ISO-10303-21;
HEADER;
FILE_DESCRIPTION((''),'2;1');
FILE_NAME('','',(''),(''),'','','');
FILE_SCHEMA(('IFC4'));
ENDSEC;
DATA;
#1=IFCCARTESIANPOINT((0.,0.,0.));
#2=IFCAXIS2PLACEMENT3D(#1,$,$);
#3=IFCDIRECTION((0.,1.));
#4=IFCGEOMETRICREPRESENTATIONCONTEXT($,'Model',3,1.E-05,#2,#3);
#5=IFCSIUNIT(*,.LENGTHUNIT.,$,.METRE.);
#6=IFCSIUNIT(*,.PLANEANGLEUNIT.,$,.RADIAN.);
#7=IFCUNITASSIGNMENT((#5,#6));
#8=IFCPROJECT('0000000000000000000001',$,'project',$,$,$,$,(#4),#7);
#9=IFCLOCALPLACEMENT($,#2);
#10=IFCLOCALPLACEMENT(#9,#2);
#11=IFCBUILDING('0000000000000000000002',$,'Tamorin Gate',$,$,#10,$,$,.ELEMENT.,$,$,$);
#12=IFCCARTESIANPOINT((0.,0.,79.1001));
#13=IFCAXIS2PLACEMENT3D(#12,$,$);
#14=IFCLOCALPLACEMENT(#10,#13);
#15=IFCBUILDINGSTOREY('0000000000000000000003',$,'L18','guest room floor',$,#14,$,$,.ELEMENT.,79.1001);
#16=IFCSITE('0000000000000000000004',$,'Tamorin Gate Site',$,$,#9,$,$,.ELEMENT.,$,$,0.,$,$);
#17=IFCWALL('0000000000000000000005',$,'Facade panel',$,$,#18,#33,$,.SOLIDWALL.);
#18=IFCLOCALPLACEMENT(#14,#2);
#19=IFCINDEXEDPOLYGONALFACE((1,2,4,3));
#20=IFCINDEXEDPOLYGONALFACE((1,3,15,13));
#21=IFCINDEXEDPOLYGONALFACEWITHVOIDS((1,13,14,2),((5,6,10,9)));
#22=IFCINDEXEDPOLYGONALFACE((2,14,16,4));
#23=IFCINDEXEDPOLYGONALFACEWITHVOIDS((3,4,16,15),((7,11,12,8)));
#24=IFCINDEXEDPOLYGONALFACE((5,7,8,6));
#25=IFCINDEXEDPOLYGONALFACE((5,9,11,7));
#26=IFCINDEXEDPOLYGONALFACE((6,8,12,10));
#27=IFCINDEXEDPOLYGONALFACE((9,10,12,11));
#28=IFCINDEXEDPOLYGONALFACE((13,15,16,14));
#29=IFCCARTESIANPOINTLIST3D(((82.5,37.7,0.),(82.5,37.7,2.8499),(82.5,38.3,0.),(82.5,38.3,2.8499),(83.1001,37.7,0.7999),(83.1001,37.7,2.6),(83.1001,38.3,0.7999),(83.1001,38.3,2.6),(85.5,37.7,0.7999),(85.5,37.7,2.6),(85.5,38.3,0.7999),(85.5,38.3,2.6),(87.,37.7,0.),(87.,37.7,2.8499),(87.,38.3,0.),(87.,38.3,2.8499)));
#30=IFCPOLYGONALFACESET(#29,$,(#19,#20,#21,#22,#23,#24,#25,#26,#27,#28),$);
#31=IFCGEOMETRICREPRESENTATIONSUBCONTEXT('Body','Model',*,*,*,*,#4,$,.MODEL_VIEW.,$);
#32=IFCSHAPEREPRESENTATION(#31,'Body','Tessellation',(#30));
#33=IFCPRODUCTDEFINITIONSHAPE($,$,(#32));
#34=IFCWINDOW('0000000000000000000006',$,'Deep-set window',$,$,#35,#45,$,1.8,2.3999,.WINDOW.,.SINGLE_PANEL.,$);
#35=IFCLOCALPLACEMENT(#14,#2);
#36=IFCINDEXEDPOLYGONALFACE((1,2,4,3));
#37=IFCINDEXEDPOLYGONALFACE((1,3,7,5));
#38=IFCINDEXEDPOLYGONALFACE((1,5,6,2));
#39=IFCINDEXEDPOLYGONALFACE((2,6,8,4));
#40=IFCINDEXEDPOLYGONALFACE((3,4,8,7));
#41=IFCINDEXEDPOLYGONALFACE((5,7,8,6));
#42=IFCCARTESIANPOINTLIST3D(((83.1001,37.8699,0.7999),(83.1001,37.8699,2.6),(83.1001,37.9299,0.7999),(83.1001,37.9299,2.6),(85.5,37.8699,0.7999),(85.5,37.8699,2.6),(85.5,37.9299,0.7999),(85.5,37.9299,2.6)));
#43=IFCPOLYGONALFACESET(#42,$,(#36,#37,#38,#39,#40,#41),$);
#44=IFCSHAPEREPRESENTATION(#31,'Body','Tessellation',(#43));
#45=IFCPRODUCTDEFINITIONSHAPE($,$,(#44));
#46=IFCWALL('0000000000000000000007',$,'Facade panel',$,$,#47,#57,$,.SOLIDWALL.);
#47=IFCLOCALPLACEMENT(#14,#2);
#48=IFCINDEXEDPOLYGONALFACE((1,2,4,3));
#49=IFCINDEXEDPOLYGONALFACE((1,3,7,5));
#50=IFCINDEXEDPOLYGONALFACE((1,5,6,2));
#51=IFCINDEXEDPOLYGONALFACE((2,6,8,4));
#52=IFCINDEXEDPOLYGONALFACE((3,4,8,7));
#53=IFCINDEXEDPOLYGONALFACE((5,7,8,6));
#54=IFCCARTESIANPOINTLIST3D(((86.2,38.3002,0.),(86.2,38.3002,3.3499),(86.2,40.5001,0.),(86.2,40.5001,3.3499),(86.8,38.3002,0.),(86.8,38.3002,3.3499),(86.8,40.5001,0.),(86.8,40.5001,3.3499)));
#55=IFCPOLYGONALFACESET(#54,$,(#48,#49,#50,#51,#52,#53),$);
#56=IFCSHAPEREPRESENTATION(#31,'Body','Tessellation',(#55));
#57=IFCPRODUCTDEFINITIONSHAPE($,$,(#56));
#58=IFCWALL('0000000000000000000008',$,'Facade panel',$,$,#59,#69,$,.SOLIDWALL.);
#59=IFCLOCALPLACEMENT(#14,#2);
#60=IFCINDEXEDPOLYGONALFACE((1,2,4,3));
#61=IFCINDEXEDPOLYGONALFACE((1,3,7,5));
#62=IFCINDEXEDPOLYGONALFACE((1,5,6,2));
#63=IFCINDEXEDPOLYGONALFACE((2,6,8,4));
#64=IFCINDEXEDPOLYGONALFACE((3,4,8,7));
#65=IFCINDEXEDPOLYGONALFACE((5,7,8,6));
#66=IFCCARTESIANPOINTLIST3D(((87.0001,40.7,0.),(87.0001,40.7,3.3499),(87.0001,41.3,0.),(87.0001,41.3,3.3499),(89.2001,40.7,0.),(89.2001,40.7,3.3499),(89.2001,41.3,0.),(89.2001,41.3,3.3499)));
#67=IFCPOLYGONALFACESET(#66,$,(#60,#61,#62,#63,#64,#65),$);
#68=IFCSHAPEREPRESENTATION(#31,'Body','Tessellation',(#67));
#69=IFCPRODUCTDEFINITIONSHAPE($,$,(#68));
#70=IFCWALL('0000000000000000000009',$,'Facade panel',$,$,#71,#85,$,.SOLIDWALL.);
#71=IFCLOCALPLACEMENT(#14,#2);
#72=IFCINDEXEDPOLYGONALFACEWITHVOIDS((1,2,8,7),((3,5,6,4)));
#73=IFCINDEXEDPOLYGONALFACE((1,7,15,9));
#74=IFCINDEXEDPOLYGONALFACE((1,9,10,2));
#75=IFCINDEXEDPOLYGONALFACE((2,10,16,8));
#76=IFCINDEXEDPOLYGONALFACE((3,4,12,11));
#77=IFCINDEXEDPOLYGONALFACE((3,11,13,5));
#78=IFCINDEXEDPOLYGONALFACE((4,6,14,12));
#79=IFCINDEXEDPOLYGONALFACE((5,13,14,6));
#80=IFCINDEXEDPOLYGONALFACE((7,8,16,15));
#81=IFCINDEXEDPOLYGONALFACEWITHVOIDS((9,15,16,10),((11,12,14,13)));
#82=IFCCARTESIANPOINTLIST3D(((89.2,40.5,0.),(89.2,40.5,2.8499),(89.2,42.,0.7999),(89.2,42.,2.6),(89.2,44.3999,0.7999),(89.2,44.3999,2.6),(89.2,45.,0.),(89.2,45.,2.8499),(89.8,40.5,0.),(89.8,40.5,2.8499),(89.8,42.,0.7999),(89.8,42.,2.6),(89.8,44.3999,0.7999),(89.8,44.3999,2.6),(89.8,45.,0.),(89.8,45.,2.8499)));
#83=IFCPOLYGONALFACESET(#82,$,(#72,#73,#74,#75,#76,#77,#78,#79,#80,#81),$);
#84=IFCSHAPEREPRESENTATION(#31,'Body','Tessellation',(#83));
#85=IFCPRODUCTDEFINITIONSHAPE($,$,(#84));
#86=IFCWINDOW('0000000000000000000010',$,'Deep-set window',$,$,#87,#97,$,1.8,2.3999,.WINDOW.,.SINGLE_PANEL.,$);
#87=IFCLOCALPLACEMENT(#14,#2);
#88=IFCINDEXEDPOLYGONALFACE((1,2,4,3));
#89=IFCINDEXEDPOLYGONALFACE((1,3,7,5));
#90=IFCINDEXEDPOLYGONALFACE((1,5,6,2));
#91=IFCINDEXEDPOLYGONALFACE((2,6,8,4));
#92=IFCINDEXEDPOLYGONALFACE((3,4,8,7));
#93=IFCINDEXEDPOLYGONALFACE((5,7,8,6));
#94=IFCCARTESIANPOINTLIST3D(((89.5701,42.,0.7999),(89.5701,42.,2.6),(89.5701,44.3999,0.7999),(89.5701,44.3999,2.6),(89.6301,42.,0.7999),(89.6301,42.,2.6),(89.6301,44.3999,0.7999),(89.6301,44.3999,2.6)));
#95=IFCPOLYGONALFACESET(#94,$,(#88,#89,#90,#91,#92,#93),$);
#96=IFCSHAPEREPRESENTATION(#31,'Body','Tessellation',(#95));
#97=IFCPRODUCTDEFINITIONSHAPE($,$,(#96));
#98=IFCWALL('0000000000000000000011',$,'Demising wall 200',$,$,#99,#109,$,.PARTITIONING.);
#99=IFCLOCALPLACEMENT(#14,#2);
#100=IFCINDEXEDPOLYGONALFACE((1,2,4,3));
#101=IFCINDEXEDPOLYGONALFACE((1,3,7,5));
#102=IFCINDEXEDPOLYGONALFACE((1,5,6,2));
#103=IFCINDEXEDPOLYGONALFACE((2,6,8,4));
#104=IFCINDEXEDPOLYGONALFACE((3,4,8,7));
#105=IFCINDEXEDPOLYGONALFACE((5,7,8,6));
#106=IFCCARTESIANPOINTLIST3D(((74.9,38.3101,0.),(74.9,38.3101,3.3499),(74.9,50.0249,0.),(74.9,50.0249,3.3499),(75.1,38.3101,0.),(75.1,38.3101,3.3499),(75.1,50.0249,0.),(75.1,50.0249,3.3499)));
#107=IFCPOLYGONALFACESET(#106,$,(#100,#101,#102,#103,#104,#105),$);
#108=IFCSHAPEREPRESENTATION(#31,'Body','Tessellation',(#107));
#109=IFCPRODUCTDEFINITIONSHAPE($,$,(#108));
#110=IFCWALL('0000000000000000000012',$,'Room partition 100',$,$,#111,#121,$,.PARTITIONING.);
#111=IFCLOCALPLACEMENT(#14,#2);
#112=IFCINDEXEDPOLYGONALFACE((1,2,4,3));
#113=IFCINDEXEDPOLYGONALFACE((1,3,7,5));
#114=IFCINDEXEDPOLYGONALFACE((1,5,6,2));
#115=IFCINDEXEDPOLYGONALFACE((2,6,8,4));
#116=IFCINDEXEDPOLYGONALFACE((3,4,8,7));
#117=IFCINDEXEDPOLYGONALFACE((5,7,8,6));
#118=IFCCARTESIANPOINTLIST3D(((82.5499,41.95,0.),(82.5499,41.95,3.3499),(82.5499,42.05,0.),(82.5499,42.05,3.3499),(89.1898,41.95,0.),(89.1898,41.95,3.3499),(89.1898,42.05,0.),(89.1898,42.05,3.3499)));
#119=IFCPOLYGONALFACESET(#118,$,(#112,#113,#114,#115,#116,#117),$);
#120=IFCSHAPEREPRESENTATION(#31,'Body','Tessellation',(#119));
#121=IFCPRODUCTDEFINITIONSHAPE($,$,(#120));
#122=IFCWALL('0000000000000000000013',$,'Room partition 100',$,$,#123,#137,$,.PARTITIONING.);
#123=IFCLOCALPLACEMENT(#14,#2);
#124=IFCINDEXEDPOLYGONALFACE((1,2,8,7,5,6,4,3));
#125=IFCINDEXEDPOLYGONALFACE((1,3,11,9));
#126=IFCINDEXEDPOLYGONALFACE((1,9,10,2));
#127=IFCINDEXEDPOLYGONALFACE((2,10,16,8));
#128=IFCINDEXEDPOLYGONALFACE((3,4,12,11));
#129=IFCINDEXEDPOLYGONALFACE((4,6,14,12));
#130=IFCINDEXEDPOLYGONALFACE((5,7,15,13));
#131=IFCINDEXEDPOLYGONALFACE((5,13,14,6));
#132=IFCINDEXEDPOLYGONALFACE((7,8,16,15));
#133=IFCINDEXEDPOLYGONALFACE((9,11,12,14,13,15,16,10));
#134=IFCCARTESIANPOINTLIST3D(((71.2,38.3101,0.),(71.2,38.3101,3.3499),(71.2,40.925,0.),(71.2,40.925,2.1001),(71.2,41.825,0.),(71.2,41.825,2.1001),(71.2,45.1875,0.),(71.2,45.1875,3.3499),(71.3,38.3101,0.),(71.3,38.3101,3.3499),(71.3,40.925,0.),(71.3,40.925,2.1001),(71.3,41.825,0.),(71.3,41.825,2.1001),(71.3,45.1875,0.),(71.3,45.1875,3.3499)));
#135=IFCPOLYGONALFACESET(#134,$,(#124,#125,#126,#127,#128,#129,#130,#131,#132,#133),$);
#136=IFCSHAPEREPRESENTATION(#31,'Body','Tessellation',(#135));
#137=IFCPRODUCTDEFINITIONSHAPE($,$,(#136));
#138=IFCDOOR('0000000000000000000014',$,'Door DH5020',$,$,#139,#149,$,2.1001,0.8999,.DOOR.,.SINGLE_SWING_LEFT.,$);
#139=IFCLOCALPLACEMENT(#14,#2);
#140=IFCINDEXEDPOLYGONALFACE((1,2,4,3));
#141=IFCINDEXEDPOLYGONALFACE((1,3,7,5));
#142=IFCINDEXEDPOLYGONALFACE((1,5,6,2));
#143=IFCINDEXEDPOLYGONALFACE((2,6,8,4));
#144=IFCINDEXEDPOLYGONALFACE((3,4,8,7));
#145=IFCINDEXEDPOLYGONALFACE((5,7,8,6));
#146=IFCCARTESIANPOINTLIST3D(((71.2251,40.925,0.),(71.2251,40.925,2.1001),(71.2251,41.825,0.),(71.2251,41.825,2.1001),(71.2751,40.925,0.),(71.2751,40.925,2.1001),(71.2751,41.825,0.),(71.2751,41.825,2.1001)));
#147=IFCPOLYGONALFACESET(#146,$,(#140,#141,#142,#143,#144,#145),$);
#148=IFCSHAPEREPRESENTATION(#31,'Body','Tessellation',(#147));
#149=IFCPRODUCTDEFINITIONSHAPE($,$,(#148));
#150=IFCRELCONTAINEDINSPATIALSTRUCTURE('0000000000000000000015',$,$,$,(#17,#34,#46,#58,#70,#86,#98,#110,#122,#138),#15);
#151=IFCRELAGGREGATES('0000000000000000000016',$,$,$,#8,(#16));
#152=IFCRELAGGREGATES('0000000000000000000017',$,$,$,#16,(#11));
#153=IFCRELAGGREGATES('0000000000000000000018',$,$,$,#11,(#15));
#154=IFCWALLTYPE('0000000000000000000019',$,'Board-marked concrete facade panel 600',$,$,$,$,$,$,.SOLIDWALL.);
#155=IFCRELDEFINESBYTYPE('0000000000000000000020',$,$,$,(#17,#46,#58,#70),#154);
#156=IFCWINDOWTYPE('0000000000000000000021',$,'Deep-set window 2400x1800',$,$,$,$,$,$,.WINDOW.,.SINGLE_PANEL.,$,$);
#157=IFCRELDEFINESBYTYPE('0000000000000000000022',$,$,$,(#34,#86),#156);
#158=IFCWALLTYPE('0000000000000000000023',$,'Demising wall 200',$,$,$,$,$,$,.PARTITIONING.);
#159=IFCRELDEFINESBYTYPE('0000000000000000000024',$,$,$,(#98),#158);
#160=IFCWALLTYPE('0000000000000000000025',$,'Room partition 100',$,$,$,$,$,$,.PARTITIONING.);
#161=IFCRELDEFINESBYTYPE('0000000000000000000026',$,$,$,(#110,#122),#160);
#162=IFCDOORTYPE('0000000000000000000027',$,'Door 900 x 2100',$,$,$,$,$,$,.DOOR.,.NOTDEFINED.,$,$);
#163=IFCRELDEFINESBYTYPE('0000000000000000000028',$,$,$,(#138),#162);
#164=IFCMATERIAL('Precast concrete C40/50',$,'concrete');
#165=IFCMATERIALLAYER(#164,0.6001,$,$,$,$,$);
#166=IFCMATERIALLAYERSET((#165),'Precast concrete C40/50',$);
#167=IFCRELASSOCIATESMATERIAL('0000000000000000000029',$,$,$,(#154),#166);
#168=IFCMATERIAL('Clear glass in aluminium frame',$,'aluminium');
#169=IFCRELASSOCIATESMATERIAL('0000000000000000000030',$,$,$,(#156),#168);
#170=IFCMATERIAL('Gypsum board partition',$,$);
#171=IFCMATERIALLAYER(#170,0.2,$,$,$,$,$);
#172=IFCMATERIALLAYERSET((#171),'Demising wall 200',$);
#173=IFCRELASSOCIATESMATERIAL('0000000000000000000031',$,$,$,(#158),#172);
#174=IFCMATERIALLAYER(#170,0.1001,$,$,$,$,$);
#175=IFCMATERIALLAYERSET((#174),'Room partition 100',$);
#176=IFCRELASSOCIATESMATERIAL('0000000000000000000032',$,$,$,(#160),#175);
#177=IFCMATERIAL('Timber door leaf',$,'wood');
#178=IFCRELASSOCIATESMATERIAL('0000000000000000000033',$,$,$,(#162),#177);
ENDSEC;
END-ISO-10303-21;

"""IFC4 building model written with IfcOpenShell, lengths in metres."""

from ifc_helpers import new_model, si_unit, direction, frame, frame_2d, origin, place, context, subcontext, project, spatial, rectangle, extrude, material, layer, layer_set, type_object, element, fill, save


model = new_model("IFC4")

# Units and contexts
model_context = context("Model", 3, precision=1e-05, world=origin(), true_north=direction((0.0, 1.0)))
body_context = subcontext(model_context, "Body", "Model", "MODEL_VIEW")
ifc_project = project(units=[si_unit("LENGTHUNIT", "METRE"), si_unit("PLANEANGLEUNIT", "RADIAN")], contexts=[model_context])

# Site, building, storey
site_placement = place(None, origin())
site = spatial("IfcSite", under=ifc_project, at=site_placement, Name="Tamorin Gate Site", CompositionType="ELEMENT", RefElevation=0.0)
building_placement = place(site_placement, origin())
building = spatial("IfcBuilding", under=site, at=building_placement, Name="Tamorin Gate", CompositionType="ELEMENT")
storey_placement = place(building_placement, frame((0.0, 0.0, 79.1001)))
storey = spatial("IfcBuildingStorey", under=building, at=storey_placement, Name="L18", Description="guest room floor", CompositionType="ELEMENT", Elevation=79.1001)

# Shared definitions
ifc_material_1 = material(Name="Precast concrete C40/50", Category="concrete")
ifc_layer_1 = layer(ifc_material_1, 0.6001)
ifc_layer_set_1 = layer_set([ifc_layer_1], Name="Precast concrete C40/50")
wall_type_1 = type_object("IfcWallType", Name="Board-marked concrete facade panel 600", PredefinedType="SOLIDWALL", material=ifc_layer_set_1)
ifc_material_2 = material(Name="Clear glass in aluminium frame", Category="aluminium")
window_type = type_object("IfcWindowType", Name="Deep-set window 2400x1800", PartitioningType="SINGLE_PANEL", PredefinedType="WINDOW", material=ifc_material_2)

# Wall, opening, window
wall_1_placement = place(storey_placement, frame((82.5, 38.0, 0.0), z_axis=(0.0, 0.0, 1.0), x_axis=(1.0, 0.0, 0.0)))
wall_1 = element("IfcWall", 1, at=wall_1_placement, inside=storey, type_object=wall_type_1, Name="Facade panel", PredefinedType="SOLIDWALL", context=body_context, shape_type="SweptSolid", body=[
    extrude(rectangle(XDim=4.5, YDim=0.6001, at=frame_2d((2.25, 0.0))), origin(), (0.0, 0.0, 1.0), 2.8499),
])
opening_1_placement = place(wall_1_placement, frame((0.6001, 0.0, 0.8)))
opening_1 = element("IfcOpeningElement", 2, at=opening_1_placement, cuts=wall_1, PredefinedType="OPENING", context=body_context, shape_type="SweptSolid", body=[
    extrude(rectangle(XDim=2.3999, YDim=1.8, at=frame_2d((1.2, 0.8999))), frame((0.0, 0.3101, 0.0), z_axis=(0.0, -1.0, 0.0), x_axis=(1.0, 0.0, 0.0)), (0.0, 0.0, 1.0), 0.6201),
])
window_1_placement = place(opening_1_placement, origin())
window_1 = element("IfcWindow", 3, at=window_1_placement, inside=storey, type_object=window_type, Name="Deep-set window", OverallHeight=1.8, OverallWidth=2.3999, PartitioningType="SINGLE_PANEL", PredefinedType="WINDOW", context=body_context, shape_type="SweptSolid", body=[
    extrude(rectangle(XDim=2.3999, YDim=1.8, at=frame_2d((1.2, 0.8999))), frame((0.0, -0.0701, 0.0), z_axis=(0.0, -1.0, 0.0), x_axis=(1.0, 0.0, 0.0)), (0.0, 0.0, 1.0), 0.0601),
])
fill(opening_1, window_1)

# Walls
for number, where, z_axis, x_axis, name in (
    (4, (86.5, 38.3, 0.0), (0.0, 0.0, 1.0), (0.0, 1.0, 0.0), "Facade panel"),
    (5, (87.0, 41.0, 0.0), (0.0, 0.0, 1.0), (1.0, 0.0, 0.0), "Facade panel"),
):
    element("IfcWall", number, at=place(storey_placement, frame(where, z_axis=z_axis, x_axis=x_axis)), inside=storey, type_object=wall_type_1, Name=name, PredefinedType="SOLIDWALL", context=body_context, shape_type="SweptSolid", body=[
        extrude(rectangle(XDim=2.2, YDim=0.6001, at=frame_2d((1.1001, 0.0))), origin(), (0.0, 0.0, 1.0), 3.3499),
    ])

# Wall, opening, window
wall_2_placement = place(storey_placement, frame((89.5, 40.5, 0.0), z_axis=(0.0, 0.0, 1.0), x_axis=(0.0, 1.0, 0.0)))
wall_2 = element("IfcWall", 6, at=wall_2_placement, inside=storey, type_object=wall_type_1, Name="Facade panel", PredefinedType="SOLIDWALL", context=body_context, shape_type="SweptSolid", body=[
    extrude(rectangle(XDim=4.5, YDim=0.6001, at=frame_2d((2.25, 0.0))), origin(), (0.0, 0.0, 1.0), 2.8499),
])
opening_2_placement = place(wall_2_placement, frame((1.5, 0.0, 0.8)))
opening_2 = element("IfcOpeningElement", 7, at=opening_2_placement, cuts=wall_2, PredefinedType="OPENING", context=body_context, shape_type="SweptSolid", body=[
    extrude(rectangle(XDim=2.3999, YDim=1.8, at=frame_2d((1.2, 0.8999))), frame((0.0, 0.3101, 0.0), z_axis=(0.0, -1.0, 0.0), x_axis=(1.0, 0.0, 0.0)), (0.0, 0.0, 1.0), 0.6201),
])
window_2_placement = place(opening_2_placement, origin())
window_2 = element("IfcWindow", 8, at=window_2_placement, inside=storey, type_object=window_type, Name="Deep-set window", OverallHeight=1.8, OverallWidth=2.3999, PartitioningType="SINGLE_PANEL", PredefinedType="WINDOW", context=body_context, shape_type="SweptSolid", body=[
    extrude(rectangle(XDim=2.3999, YDim=1.8, at=frame_2d((1.2, 0.8999))), frame((0.0, -0.0701, 0.0), z_axis=(0.0, -1.0, 0.0), x_axis=(1.0, 0.0, 0.0)), (0.0, 0.0, 1.0), 0.0601),
])
fill(opening_2, window_2)

# Walls
ifc_material_3 = material(Name="Gypsum board partition")
ifc_layer_2 = layer(ifc_material_3, 0.2)
ifc_layer_set_2 = layer_set([ifc_layer_2], Name="Demising wall 200")
wall_type_2 = type_object("IfcWallType", Name="Demising wall 200", PredefinedType="PARTITIONING", material=ifc_layer_set_2)
wall_3_placement = place(storey_placement, frame((75.0, 38.3101, 0.0), z_axis=(0.0, 0.0, 1.0), x_axis=(0.0, 1.0, 0.0)))
element("IfcWall", 9, at=wall_3_placement, inside=storey, type_object=wall_type_2, Name="Demising wall 200", PredefinedType="PARTITIONING", context=body_context, shape_type="SweptSolid", body=[
    extrude(rectangle(XDim=11.7148, YDim=0.2, at=frame_2d((5.8574, 0.0))), origin(), (0.0, 0.0, 1.0), 3.3499),
])
ifc_layer_3 = layer(ifc_material_3, 0.1001)
ifc_layer_set_3 = layer_set([ifc_layer_3], Name="Room partition 100")
wall_type_3 = type_object("IfcWallType", Name="Room partition 100", PredefinedType="PARTITIONING", material=ifc_layer_set_3)
wall_4_placement = place(storey_placement, frame((82.55, 42.0, 0.0), z_axis=(0.0, 0.0, 1.0), x_axis=(1.0, 0.0, 0.0)))
element("IfcWall", 10, at=wall_4_placement, inside=storey, type_object=wall_type_3, Name="Room partition 100", PredefinedType="PARTITIONING", context=body_context, shape_type="SweptSolid", body=[
    extrude(rectangle(XDim=6.6399, YDim=0.1001, at=frame_2d((3.3198, 0.0))), origin(), (0.0, 0.0, 1.0), 3.3499),
])

# Wall, opening, door
wall_5_placement = place(storey_placement, frame((71.25, 38.3101, 0.0), z_axis=(0.0, 0.0, 1.0), x_axis=(0.0, 1.0, 0.0)))
wall_5 = element("IfcWall", 11, at=wall_5_placement, inside=storey, type_object=wall_type_3, Name="Room partition 100", PredefinedType="PARTITIONING", context=body_context, shape_type="SweptSolid", body=[
    extrude(rectangle(XDim=6.8774, YDim=0.1001, at=frame_2d((3.4387, 0.0))), origin(), (0.0, 0.0, 1.0), 3.3499),
])
opening_3_placement = place(wall_5_placement, frame((2.615, 0.0, 0.0)))
opening_3 = element("IfcOpeningElement", 12, at=opening_3_placement, cuts=wall_5, PredefinedType="OPENING", context=body_context, shape_type="SweptSolid", body=[
    extrude(rectangle(XDim=0.8999, YDim=2.1001, at=frame_2d((0.45, 1.05))), frame((0.0, 0.0601, 0.0), z_axis=(0.0, -1.0, 0.0), x_axis=(1.0, 0.0, 0.0)), (0.0, 0.0, 1.0), 0.1201),
])
ifc_material_4 = material(Name="Timber door leaf", Category="wood")
door_type = type_object("IfcDoorType", Name="Door 900 x 2100", OperationType="NOTDEFINED", PredefinedType="DOOR", material=ifc_material_4)
door_1_placement = place(opening_3_placement, origin())
door_1 = element("IfcDoor", 13, at=door_1_placement, inside=storey, type_object=door_type, Name="Door DH5020", OperationType="SINGLE_SWING_LEFT", OverallHeight=2.1001, OverallWidth=0.8999, PredefinedType="DOOR", context=body_context, shape_type="SweptSolid", body=[
    extrude(rectangle(XDim=0.8999, YDim=2.1001, at=frame_2d((0.45, 1.05))), frame((0.0, 0.0249, 0.0), z_axis=(0.0, -1.0, 0.0), x_axis=(1.0, 0.0, 0.0)), (0.0, 0.0, 1.0), 0.05),
])
fill(opening_3, door_1)

save(model, "model.ifc")
